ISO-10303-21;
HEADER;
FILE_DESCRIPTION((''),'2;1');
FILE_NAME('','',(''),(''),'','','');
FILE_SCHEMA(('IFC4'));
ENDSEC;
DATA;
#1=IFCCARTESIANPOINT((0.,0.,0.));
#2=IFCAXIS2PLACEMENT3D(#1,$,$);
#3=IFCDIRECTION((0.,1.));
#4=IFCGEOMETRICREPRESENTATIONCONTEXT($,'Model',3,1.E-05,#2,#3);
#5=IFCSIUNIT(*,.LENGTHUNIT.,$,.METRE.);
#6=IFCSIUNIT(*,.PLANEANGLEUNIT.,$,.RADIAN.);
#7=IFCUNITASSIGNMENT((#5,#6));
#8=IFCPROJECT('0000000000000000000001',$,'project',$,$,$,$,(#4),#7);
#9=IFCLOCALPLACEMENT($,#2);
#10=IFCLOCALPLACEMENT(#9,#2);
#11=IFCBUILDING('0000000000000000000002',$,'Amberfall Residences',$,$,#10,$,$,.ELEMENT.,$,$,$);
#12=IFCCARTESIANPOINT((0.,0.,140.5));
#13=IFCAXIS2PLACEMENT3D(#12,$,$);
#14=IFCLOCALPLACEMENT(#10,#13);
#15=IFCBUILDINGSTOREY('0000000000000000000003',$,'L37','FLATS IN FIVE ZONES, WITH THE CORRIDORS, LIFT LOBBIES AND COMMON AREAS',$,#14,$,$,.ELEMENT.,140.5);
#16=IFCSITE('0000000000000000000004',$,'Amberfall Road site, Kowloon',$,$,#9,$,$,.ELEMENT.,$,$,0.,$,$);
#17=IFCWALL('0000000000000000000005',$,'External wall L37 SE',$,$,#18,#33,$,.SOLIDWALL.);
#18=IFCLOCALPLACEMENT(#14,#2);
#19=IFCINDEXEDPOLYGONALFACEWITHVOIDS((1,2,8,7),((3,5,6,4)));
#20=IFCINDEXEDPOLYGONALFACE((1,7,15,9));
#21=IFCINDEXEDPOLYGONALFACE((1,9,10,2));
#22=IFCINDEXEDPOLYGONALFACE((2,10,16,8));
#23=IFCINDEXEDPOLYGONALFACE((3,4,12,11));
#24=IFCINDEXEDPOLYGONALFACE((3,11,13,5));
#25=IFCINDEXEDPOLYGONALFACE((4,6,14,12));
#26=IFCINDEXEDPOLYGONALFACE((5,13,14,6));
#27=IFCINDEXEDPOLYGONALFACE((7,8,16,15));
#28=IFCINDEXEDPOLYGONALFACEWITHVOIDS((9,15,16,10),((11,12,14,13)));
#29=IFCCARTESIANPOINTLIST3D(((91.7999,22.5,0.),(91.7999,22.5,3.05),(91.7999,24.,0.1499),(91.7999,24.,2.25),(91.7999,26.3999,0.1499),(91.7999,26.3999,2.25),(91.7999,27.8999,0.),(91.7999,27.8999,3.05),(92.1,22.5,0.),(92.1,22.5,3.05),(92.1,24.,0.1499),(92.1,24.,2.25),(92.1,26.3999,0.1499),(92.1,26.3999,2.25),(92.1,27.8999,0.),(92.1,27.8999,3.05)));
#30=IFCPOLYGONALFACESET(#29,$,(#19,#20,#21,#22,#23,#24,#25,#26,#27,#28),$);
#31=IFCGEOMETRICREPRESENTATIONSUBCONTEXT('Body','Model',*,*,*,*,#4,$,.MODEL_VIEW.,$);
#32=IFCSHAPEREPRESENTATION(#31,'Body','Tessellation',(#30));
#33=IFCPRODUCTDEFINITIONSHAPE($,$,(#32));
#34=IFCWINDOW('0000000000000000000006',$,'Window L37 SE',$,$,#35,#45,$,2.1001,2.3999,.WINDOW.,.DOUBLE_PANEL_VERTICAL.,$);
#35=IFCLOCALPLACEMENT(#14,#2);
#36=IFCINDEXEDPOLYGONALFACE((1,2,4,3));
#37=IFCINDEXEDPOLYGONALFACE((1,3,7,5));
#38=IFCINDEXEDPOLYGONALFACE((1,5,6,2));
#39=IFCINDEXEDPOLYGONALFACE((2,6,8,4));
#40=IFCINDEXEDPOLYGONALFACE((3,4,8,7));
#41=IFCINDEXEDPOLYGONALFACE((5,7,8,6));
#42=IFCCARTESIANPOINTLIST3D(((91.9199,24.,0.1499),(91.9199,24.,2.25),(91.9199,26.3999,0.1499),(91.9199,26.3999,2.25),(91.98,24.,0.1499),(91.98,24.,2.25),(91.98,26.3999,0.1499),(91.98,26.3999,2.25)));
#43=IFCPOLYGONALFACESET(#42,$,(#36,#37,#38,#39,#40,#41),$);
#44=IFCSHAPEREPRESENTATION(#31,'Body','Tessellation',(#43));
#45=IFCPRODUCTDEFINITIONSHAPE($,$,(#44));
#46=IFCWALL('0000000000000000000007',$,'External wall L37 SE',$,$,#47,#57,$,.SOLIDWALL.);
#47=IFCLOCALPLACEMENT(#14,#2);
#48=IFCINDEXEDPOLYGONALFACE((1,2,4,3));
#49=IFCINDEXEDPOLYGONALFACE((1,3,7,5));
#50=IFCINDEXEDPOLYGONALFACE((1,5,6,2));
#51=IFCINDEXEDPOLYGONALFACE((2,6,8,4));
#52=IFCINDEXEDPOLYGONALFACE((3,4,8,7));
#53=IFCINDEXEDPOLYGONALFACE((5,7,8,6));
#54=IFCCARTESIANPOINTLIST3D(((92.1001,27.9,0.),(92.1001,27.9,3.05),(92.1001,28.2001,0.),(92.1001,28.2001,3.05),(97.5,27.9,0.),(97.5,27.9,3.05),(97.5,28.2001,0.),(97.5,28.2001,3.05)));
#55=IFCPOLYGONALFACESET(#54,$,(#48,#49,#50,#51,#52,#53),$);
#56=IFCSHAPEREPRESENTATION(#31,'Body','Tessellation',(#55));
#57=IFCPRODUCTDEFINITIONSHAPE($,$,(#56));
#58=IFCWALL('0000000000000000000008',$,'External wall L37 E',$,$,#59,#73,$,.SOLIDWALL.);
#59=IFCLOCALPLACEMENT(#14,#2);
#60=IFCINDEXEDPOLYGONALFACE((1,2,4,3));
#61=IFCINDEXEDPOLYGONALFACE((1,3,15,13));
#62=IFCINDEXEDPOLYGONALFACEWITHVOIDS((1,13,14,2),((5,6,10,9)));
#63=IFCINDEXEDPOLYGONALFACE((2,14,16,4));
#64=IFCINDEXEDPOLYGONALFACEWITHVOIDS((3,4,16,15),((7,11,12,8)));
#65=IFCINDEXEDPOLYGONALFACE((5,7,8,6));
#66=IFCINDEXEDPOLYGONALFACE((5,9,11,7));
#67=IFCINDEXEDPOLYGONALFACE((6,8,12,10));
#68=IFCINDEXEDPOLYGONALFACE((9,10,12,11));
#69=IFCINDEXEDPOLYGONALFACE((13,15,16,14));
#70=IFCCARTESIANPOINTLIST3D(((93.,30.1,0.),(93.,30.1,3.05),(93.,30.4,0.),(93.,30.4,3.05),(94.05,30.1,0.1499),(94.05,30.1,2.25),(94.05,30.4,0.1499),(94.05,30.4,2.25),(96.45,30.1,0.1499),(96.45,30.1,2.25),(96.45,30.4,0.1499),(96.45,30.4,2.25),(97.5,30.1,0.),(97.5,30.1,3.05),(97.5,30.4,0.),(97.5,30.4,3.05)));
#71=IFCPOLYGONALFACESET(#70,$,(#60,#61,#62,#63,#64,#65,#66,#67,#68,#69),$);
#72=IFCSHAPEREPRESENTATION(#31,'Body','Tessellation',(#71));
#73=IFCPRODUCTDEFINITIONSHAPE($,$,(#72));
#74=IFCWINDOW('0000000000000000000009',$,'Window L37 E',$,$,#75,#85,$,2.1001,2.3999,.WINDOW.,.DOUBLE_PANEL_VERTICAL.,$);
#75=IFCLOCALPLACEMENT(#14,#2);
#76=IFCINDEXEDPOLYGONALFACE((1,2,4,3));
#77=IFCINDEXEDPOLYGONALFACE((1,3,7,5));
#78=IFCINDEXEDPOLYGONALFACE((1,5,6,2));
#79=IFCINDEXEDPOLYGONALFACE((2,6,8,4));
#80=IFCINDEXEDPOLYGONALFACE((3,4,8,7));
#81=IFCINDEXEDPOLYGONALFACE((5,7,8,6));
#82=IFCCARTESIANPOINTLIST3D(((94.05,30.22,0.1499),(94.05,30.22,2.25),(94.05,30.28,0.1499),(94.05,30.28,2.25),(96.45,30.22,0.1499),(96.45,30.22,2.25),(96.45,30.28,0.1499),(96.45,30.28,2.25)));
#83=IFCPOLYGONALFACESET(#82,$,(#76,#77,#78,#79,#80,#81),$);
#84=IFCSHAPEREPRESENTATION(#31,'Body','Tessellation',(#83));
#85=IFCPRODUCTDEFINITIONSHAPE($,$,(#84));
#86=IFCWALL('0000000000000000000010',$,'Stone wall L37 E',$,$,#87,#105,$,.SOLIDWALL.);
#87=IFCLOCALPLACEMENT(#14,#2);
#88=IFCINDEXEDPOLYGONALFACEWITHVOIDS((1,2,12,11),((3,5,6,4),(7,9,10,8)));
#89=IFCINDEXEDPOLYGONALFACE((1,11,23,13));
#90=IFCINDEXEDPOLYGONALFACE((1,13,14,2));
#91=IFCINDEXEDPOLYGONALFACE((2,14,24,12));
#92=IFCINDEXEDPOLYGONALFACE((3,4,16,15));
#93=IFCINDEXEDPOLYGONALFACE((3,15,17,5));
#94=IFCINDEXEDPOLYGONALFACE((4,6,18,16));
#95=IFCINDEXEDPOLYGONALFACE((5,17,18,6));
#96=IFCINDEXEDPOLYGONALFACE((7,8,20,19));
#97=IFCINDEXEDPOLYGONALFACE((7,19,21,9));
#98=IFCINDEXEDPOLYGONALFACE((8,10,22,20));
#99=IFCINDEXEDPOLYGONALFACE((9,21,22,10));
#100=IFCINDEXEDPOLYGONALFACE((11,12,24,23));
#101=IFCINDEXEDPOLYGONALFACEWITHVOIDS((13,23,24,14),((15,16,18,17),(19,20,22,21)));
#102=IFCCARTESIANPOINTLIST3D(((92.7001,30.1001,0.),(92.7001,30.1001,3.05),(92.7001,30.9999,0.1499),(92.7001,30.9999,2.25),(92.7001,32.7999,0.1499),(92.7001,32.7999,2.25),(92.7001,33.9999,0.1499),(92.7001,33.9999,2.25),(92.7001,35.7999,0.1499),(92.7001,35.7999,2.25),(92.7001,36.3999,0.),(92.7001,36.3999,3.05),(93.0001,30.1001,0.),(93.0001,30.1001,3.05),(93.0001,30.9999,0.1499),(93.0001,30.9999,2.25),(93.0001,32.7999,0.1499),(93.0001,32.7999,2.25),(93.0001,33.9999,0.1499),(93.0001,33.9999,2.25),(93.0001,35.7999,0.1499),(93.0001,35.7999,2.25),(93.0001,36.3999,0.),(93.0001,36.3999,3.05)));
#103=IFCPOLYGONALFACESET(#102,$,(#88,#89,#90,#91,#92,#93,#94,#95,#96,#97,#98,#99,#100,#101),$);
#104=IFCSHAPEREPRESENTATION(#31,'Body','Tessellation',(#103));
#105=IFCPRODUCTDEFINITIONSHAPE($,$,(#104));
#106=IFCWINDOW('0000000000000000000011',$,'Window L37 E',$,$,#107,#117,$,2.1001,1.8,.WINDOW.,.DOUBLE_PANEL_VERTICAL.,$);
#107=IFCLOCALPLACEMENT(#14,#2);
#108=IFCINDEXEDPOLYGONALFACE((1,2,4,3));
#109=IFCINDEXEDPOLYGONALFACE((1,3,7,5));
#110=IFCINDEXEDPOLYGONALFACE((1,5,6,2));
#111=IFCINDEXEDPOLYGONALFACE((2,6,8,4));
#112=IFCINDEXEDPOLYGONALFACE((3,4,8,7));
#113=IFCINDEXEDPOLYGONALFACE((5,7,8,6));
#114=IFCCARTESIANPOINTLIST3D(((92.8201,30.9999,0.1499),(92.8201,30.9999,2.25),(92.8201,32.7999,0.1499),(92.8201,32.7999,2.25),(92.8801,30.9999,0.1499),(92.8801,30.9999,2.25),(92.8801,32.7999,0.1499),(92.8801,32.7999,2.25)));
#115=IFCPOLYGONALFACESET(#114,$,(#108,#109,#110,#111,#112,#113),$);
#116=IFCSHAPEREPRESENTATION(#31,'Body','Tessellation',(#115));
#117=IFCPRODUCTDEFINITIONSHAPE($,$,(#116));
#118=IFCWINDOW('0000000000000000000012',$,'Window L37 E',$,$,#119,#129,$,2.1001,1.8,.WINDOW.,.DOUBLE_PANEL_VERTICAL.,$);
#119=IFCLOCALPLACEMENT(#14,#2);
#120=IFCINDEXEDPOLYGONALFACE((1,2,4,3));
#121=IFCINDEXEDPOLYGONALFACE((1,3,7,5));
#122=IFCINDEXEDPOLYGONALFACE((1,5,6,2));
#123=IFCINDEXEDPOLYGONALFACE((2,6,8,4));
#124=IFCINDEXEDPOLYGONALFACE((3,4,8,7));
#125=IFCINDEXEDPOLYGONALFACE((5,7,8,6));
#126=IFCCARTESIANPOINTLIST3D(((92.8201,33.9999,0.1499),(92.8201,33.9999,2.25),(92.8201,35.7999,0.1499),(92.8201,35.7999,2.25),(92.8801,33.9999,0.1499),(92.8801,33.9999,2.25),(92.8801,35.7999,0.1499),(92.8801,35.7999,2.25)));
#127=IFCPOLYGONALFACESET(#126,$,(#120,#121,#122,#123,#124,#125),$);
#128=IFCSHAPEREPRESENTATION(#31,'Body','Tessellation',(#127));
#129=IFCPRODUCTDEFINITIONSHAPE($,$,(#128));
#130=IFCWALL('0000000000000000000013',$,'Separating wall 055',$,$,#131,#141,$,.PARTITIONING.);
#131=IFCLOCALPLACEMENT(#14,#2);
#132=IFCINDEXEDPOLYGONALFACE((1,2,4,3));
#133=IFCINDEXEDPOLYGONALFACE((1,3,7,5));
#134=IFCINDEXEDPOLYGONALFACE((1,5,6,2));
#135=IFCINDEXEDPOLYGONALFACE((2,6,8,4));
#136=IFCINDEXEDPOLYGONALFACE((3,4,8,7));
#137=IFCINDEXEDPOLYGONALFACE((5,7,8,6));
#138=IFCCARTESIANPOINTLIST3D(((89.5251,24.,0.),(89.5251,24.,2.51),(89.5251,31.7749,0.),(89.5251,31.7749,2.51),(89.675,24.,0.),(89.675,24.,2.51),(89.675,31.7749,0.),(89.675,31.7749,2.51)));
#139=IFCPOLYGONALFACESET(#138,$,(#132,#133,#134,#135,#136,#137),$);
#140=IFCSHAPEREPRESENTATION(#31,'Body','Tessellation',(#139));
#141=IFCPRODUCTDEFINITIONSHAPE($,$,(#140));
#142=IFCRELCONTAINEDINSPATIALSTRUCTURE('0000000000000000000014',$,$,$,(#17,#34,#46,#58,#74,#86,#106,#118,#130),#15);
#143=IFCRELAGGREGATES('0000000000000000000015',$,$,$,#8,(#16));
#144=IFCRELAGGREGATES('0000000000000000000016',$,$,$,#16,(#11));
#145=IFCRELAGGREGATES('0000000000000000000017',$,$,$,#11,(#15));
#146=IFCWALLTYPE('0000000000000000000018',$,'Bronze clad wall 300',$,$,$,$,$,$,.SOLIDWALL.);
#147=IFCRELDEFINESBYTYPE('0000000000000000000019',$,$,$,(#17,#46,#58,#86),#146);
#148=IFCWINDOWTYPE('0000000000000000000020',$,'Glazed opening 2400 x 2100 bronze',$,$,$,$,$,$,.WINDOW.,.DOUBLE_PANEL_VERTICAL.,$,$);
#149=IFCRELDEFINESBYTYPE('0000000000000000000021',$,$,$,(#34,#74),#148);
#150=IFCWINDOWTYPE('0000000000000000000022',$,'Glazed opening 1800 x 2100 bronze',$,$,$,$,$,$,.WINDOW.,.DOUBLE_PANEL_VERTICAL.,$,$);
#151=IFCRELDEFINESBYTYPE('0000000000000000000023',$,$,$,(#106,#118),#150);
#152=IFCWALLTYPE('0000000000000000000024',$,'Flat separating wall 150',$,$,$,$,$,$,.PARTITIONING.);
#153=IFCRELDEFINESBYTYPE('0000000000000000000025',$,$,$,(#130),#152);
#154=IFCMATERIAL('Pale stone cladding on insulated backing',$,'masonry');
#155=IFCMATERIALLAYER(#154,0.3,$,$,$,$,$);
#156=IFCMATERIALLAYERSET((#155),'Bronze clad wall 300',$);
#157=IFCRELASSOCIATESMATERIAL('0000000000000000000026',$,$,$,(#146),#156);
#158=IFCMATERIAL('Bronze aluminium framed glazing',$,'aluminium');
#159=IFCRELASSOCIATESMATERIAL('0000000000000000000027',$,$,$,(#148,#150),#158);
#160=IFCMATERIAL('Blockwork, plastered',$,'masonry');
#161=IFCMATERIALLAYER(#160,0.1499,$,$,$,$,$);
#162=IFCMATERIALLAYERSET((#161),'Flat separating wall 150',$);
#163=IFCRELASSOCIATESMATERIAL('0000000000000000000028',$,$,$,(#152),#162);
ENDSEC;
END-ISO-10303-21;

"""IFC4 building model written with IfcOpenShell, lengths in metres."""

from ifc_helpers import new_model, si_unit, direction, frame, frame_2d, origin, place, context, subcontext, project, spatial, rectangle, extrude, material, layer, layer_set, type_object, element, fill, save


model = new_model("IFC4")

# Units and contexts
model_context = context("Model", 3, precision=1e-05, world=origin(), true_north=direction((0.0, 1.0)))
body_context = subcontext(model_context, "Body", "Model", "MODEL_VIEW")
ifc_project = project(units=[si_unit("LENGTHUNIT", "METRE"), si_unit("PLANEANGLEUNIT", "RADIAN")], contexts=[model_context])

# Site, building, storey
site_placement = place(None, origin())
site = spatial("IfcSite", under=ifc_project, at=site_placement, Name="Amberfall Road site, Kowloon", CompositionType="ELEMENT", RefElevation=0.0)
building_placement = place(site_placement, origin())
building = spatial("IfcBuilding", under=site, at=building_placement, Name="Amberfall Residences", CompositionType="ELEMENT")
storey_placement = place(building_placement, frame((0.0, 0.0, 140.5)))
storey = spatial("IfcBuildingStorey", under=building, at=storey_placement, Name="L37", Description="FLATS IN FIVE ZONES, WITH THE CORRIDORS, LIFT LOBBIES AND COMMON AREAS", CompositionType="ELEMENT", Elevation=140.5)

# Shared definitions
ifc_material_1 = material(Name="Pale stone cladding on insulated backing", Category="masonry")
ifc_layer_1 = layer(ifc_material_1, 0.3)
ifc_layer_set_1 = layer_set([ifc_layer_1], Name="Bronze clad wall 300")
wall_type_1 = type_object("IfcWallType", Name="Bronze clad wall 300", PredefinedType="SOLIDWALL", material=ifc_layer_set_1)

# Wall, opening, window
wall_1_placement = place(storey_placement, frame((91.95, 22.5, 0.0), z_axis=(0.0, 0.0, 1.0), x_axis=(0.0, 1.0, 0.0)))
wall_1 = element("IfcWall", 1, at=wall_1_placement, inside=storey, type_object=wall_type_1, Name="External wall L37 SE", PredefinedType="SOLIDWALL", context=body_context, shape_type="SweptSolid", body=[
    extrude(rectangle(XDim=5.3999, YDim=0.3, at=frame_2d((2.7, 0.0))), origin(), (0.0, 0.0, 1.0), 3.05),
])
opening_1_placement = place(wall_1_placement, frame((1.5, 0.0, 0.1499)))
opening_1 = element("IfcOpeningElement", 2, at=opening_1_placement, cuts=wall_1, PredefinedType="OPENING", context=body_context, shape_type="SweptSolid", body=[
    extrude(rectangle(XDim=2.3999, YDim=2.1001, at=frame_2d((1.2, 1.05))), frame((0.0, 0.1599, 0.0), z_axis=(0.0, -1.0, 0.0), x_axis=(1.0, 0.0, 0.0)), (0.0, 0.0, 1.0), 0.3201),
])
ifc_material_2 = material(Name="Bronze aluminium framed glazing", Category="aluminium")
window_type_1 = type_object("IfcWindowType", Name="Glazed opening 2400 x 2100 bronze", PartitioningType="DOUBLE_PANEL_VERTICAL", PredefinedType="WINDOW", material=ifc_material_2)
window_1_placement = place(opening_1_placement, origin())
window_1 = element("IfcWindow", 3, at=window_1_placement, inside=storey, type_object=window_type_1, Name="Window L37 SE", OverallHeight=2.1001, OverallWidth=2.3999, PartitioningType="DOUBLE_PANEL_VERTICAL", PredefinedType="WINDOW", context=body_context, shape_type="SweptSolid", body=[
    extrude(rectangle(XDim=2.3999, YDim=2.1001, at=frame_2d((1.2, 1.05))), frame((0.0, 0.03, 0.0), z_axis=(0.0, -1.0, 0.0), x_axis=(1.0, 0.0, 0.0)), (0.0, 0.0, 1.0), 0.0601),
])
fill(opening_1, window_1)

# Wall
wall_2_placement = place(storey_placement, frame((92.1001, 28.05, 0.0), z_axis=(0.0, 0.0, 1.0), x_axis=(1.0, 0.0, 0.0)))
element("IfcWall", 4, at=wall_2_placement, inside=storey, type_object=wall_type_1, Name="External wall L37 SE", PredefinedType="SOLIDWALL", context=body_context, shape_type="SweptSolid", body=[
    extrude(rectangle(XDim=5.3999, YDim=0.3, at=frame_2d((2.7, 0.0))), origin(), (0.0, 0.0, 1.0), 3.05),
])

# Wall, opening, window
wall_3_placement = place(storey_placement, frame((97.5, 30.25, 0.0), z_axis=(0.0, 0.0, 1.0), x_axis=(-1.0, 0.0, 0.0)))
wall_3 = element("IfcWall", 5, at=wall_3_placement, inside=storey, type_object=wall_type_1, Name="External wall L37 E", PredefinedType="SOLIDWALL", context=body_context, shape_type="SweptSolid", body=[
    extrude(rectangle(XDim=4.5, YDim=0.3, at=frame_2d((2.25, 0.0))), origin(), (0.0, 0.0, 1.0), 3.05),
])
opening_2_placement = place(wall_3_placement, frame((1.05, 0.0, 0.1499)))
opening_2 = element("IfcOpeningElement", 6, at=opening_2_placement, cuts=wall_3, PredefinedType="OPENING", context=body_context, shape_type="SweptSolid", body=[
    extrude(rectangle(XDim=2.3999, YDim=2.1001, at=frame_2d((1.2, 1.05))), frame((0.0, 0.1599, 0.0), z_axis=(0.0, -1.0, 0.0), x_axis=(1.0, 0.0, 0.0)), (0.0, 0.0, 1.0), 0.3201),
])
window_2_placement = place(opening_2_placement, origin())
window_2 = element("IfcWindow", 7, at=window_2_placement, inside=storey, type_object=window_type_1, Name="Window L37 E", OverallHeight=2.1001, OverallWidth=2.3999, PartitioningType="DOUBLE_PANEL_VERTICAL", PredefinedType="WINDOW", context=body_context, shape_type="SweptSolid", body=[
    extrude(rectangle(XDim=2.3999, YDim=2.1001, at=frame_2d((1.2, 1.05))), frame((0.0, 0.03, 0.0), z_axis=(0.0, -1.0, 0.0), x_axis=(1.0, 0.0, 0.0)), (0.0, 0.0, 1.0), 0.0601),
])
fill(opening_2, window_2)

# Wall, openings, windows
wall_4_placement = place(storey_placement, frame((92.8501, 30.1001, 0.0), z_axis=(0.0, 0.0, 1.0), x_axis=(0.0, 1.0, 0.0)))
wall_4 = element("IfcWall", 8, at=wall_4_placement, inside=storey, type_object=wall_type_1, Name="Stone wall L37 E", PredefinedType="SOLIDWALL", context=body_context, shape_type="SweptSolid", body=[
    extrude(rectangle(XDim=6.2998, YDim=0.3, at=frame_2d((3.1499, 0.0))), origin(), (0.0, 0.0, 1.0), 3.05),
])
opening_3_placement = place(wall_4_placement, frame((0.8999, 0.0, 0.1499)))
opening_3 = element("IfcOpeningElement", 9, at=opening_3_placement, cuts=wall_4, PredefinedType="OPENING", context=body_context, shape_type="SweptSolid", body=[
    extrude(rectangle(XDim=1.8, YDim=2.1001, at=frame_2d((0.8999, 1.05))), frame((0.0, 0.1599, 0.0), z_axis=(0.0, -1.0, 0.0), x_axis=(1.0, 0.0, 0.0)), (0.0, 0.0, 1.0), 0.3201),
])
opening_4_placement = place(wall_4_placement, frame((3.8999, 0.0, 0.1499)))
opening_4 = element("IfcOpeningElement", 10, at=opening_4_placement, cuts=wall_4, PredefinedType="OPENING", context=body_context, shape_type="SweptSolid", body=[
    extrude(rectangle(XDim=1.8, YDim=2.1001, at=frame_2d((0.8999, 1.05))), frame((0.0, 0.1599, 0.0), z_axis=(0.0, -1.0, 0.0), x_axis=(1.0, 0.0, 0.0)), (0.0, 0.0, 1.0), 0.3201),
])
window_type_2 = type_object("IfcWindowType", Name="Glazed opening 1800 x 2100 bronze", PartitioningType="DOUBLE_PANEL_VERTICAL", PredefinedType="WINDOW", material=ifc_material_2)
window_3_placement = place(opening_3_placement, origin())
window_3 = element("IfcWindow", 11, at=window_3_placement, inside=storey, type_object=window_type_2, Name="Window L37 E", OverallHeight=2.1001, OverallWidth=1.8, PartitioningType="DOUBLE_PANEL_VERTICAL", PredefinedType="WINDOW", context=body_context, shape_type="SweptSolid", body=[
    extrude(rectangle(XDim=1.8, YDim=2.1001, at=frame_2d((0.8999, 1.05))), frame((0.0, 0.03, 0.0), z_axis=(0.0, -1.0, 0.0), x_axis=(1.0, 0.0, 0.0)), (0.0, 0.0, 1.0), 0.0601),
])
fill(opening_3, window_3)
window_4_placement = place(opening_4_placement, origin())
window_4 = element("IfcWindow", 12, at=window_4_placement, inside=storey, type_object=window_type_2, Name="Window L37 E", OverallHeight=2.1001, OverallWidth=1.8, PartitioningType="DOUBLE_PANEL_VERTICAL", PredefinedType="WINDOW", context=body_context, shape_type="SweptSolid", body=[
    extrude(rectangle(XDim=1.8, YDim=2.1001, at=frame_2d((0.8999, 1.05))), frame((0.0, 0.03, 0.0), z_axis=(0.0, -1.0, 0.0), x_axis=(1.0, 0.0, 0.0)), (0.0, 0.0, 1.0), 0.0601),
])
fill(opening_4, window_4)

# Wall
ifc_material_3 = material(Name="Blockwork, plastered", Category="masonry")
ifc_layer_2 = layer(ifc_material_3, 0.1499)
ifc_layer_set_2 = layer_set([ifc_layer_2], Name="Flat separating wall 150")
wall_type_2 = type_object("IfcWallType", Name="Flat separating wall 150", PredefinedType="PARTITIONING", material=ifc_layer_set_2)
wall_5_placement = place(storey_placement, frame((89.6001, 24.0, 0.0), z_axis=(0.0, 0.0, 1.0), x_axis=(0.0, 1.0, 0.0)))
element("IfcWall", 13, at=wall_5_placement, inside=storey, type_object=wall_type_2, Name="Separating wall 055", PredefinedType="PARTITIONING", context=body_context, shape_type="SweptSolid", body=[
    extrude(rectangle(XDim=7.7749, YDim=0.1499, at=frame_2d((3.8875, 0.0))), origin(), (0.0, 0.0, 1.0), 2.51),
])

save(model, "model.ifc")
